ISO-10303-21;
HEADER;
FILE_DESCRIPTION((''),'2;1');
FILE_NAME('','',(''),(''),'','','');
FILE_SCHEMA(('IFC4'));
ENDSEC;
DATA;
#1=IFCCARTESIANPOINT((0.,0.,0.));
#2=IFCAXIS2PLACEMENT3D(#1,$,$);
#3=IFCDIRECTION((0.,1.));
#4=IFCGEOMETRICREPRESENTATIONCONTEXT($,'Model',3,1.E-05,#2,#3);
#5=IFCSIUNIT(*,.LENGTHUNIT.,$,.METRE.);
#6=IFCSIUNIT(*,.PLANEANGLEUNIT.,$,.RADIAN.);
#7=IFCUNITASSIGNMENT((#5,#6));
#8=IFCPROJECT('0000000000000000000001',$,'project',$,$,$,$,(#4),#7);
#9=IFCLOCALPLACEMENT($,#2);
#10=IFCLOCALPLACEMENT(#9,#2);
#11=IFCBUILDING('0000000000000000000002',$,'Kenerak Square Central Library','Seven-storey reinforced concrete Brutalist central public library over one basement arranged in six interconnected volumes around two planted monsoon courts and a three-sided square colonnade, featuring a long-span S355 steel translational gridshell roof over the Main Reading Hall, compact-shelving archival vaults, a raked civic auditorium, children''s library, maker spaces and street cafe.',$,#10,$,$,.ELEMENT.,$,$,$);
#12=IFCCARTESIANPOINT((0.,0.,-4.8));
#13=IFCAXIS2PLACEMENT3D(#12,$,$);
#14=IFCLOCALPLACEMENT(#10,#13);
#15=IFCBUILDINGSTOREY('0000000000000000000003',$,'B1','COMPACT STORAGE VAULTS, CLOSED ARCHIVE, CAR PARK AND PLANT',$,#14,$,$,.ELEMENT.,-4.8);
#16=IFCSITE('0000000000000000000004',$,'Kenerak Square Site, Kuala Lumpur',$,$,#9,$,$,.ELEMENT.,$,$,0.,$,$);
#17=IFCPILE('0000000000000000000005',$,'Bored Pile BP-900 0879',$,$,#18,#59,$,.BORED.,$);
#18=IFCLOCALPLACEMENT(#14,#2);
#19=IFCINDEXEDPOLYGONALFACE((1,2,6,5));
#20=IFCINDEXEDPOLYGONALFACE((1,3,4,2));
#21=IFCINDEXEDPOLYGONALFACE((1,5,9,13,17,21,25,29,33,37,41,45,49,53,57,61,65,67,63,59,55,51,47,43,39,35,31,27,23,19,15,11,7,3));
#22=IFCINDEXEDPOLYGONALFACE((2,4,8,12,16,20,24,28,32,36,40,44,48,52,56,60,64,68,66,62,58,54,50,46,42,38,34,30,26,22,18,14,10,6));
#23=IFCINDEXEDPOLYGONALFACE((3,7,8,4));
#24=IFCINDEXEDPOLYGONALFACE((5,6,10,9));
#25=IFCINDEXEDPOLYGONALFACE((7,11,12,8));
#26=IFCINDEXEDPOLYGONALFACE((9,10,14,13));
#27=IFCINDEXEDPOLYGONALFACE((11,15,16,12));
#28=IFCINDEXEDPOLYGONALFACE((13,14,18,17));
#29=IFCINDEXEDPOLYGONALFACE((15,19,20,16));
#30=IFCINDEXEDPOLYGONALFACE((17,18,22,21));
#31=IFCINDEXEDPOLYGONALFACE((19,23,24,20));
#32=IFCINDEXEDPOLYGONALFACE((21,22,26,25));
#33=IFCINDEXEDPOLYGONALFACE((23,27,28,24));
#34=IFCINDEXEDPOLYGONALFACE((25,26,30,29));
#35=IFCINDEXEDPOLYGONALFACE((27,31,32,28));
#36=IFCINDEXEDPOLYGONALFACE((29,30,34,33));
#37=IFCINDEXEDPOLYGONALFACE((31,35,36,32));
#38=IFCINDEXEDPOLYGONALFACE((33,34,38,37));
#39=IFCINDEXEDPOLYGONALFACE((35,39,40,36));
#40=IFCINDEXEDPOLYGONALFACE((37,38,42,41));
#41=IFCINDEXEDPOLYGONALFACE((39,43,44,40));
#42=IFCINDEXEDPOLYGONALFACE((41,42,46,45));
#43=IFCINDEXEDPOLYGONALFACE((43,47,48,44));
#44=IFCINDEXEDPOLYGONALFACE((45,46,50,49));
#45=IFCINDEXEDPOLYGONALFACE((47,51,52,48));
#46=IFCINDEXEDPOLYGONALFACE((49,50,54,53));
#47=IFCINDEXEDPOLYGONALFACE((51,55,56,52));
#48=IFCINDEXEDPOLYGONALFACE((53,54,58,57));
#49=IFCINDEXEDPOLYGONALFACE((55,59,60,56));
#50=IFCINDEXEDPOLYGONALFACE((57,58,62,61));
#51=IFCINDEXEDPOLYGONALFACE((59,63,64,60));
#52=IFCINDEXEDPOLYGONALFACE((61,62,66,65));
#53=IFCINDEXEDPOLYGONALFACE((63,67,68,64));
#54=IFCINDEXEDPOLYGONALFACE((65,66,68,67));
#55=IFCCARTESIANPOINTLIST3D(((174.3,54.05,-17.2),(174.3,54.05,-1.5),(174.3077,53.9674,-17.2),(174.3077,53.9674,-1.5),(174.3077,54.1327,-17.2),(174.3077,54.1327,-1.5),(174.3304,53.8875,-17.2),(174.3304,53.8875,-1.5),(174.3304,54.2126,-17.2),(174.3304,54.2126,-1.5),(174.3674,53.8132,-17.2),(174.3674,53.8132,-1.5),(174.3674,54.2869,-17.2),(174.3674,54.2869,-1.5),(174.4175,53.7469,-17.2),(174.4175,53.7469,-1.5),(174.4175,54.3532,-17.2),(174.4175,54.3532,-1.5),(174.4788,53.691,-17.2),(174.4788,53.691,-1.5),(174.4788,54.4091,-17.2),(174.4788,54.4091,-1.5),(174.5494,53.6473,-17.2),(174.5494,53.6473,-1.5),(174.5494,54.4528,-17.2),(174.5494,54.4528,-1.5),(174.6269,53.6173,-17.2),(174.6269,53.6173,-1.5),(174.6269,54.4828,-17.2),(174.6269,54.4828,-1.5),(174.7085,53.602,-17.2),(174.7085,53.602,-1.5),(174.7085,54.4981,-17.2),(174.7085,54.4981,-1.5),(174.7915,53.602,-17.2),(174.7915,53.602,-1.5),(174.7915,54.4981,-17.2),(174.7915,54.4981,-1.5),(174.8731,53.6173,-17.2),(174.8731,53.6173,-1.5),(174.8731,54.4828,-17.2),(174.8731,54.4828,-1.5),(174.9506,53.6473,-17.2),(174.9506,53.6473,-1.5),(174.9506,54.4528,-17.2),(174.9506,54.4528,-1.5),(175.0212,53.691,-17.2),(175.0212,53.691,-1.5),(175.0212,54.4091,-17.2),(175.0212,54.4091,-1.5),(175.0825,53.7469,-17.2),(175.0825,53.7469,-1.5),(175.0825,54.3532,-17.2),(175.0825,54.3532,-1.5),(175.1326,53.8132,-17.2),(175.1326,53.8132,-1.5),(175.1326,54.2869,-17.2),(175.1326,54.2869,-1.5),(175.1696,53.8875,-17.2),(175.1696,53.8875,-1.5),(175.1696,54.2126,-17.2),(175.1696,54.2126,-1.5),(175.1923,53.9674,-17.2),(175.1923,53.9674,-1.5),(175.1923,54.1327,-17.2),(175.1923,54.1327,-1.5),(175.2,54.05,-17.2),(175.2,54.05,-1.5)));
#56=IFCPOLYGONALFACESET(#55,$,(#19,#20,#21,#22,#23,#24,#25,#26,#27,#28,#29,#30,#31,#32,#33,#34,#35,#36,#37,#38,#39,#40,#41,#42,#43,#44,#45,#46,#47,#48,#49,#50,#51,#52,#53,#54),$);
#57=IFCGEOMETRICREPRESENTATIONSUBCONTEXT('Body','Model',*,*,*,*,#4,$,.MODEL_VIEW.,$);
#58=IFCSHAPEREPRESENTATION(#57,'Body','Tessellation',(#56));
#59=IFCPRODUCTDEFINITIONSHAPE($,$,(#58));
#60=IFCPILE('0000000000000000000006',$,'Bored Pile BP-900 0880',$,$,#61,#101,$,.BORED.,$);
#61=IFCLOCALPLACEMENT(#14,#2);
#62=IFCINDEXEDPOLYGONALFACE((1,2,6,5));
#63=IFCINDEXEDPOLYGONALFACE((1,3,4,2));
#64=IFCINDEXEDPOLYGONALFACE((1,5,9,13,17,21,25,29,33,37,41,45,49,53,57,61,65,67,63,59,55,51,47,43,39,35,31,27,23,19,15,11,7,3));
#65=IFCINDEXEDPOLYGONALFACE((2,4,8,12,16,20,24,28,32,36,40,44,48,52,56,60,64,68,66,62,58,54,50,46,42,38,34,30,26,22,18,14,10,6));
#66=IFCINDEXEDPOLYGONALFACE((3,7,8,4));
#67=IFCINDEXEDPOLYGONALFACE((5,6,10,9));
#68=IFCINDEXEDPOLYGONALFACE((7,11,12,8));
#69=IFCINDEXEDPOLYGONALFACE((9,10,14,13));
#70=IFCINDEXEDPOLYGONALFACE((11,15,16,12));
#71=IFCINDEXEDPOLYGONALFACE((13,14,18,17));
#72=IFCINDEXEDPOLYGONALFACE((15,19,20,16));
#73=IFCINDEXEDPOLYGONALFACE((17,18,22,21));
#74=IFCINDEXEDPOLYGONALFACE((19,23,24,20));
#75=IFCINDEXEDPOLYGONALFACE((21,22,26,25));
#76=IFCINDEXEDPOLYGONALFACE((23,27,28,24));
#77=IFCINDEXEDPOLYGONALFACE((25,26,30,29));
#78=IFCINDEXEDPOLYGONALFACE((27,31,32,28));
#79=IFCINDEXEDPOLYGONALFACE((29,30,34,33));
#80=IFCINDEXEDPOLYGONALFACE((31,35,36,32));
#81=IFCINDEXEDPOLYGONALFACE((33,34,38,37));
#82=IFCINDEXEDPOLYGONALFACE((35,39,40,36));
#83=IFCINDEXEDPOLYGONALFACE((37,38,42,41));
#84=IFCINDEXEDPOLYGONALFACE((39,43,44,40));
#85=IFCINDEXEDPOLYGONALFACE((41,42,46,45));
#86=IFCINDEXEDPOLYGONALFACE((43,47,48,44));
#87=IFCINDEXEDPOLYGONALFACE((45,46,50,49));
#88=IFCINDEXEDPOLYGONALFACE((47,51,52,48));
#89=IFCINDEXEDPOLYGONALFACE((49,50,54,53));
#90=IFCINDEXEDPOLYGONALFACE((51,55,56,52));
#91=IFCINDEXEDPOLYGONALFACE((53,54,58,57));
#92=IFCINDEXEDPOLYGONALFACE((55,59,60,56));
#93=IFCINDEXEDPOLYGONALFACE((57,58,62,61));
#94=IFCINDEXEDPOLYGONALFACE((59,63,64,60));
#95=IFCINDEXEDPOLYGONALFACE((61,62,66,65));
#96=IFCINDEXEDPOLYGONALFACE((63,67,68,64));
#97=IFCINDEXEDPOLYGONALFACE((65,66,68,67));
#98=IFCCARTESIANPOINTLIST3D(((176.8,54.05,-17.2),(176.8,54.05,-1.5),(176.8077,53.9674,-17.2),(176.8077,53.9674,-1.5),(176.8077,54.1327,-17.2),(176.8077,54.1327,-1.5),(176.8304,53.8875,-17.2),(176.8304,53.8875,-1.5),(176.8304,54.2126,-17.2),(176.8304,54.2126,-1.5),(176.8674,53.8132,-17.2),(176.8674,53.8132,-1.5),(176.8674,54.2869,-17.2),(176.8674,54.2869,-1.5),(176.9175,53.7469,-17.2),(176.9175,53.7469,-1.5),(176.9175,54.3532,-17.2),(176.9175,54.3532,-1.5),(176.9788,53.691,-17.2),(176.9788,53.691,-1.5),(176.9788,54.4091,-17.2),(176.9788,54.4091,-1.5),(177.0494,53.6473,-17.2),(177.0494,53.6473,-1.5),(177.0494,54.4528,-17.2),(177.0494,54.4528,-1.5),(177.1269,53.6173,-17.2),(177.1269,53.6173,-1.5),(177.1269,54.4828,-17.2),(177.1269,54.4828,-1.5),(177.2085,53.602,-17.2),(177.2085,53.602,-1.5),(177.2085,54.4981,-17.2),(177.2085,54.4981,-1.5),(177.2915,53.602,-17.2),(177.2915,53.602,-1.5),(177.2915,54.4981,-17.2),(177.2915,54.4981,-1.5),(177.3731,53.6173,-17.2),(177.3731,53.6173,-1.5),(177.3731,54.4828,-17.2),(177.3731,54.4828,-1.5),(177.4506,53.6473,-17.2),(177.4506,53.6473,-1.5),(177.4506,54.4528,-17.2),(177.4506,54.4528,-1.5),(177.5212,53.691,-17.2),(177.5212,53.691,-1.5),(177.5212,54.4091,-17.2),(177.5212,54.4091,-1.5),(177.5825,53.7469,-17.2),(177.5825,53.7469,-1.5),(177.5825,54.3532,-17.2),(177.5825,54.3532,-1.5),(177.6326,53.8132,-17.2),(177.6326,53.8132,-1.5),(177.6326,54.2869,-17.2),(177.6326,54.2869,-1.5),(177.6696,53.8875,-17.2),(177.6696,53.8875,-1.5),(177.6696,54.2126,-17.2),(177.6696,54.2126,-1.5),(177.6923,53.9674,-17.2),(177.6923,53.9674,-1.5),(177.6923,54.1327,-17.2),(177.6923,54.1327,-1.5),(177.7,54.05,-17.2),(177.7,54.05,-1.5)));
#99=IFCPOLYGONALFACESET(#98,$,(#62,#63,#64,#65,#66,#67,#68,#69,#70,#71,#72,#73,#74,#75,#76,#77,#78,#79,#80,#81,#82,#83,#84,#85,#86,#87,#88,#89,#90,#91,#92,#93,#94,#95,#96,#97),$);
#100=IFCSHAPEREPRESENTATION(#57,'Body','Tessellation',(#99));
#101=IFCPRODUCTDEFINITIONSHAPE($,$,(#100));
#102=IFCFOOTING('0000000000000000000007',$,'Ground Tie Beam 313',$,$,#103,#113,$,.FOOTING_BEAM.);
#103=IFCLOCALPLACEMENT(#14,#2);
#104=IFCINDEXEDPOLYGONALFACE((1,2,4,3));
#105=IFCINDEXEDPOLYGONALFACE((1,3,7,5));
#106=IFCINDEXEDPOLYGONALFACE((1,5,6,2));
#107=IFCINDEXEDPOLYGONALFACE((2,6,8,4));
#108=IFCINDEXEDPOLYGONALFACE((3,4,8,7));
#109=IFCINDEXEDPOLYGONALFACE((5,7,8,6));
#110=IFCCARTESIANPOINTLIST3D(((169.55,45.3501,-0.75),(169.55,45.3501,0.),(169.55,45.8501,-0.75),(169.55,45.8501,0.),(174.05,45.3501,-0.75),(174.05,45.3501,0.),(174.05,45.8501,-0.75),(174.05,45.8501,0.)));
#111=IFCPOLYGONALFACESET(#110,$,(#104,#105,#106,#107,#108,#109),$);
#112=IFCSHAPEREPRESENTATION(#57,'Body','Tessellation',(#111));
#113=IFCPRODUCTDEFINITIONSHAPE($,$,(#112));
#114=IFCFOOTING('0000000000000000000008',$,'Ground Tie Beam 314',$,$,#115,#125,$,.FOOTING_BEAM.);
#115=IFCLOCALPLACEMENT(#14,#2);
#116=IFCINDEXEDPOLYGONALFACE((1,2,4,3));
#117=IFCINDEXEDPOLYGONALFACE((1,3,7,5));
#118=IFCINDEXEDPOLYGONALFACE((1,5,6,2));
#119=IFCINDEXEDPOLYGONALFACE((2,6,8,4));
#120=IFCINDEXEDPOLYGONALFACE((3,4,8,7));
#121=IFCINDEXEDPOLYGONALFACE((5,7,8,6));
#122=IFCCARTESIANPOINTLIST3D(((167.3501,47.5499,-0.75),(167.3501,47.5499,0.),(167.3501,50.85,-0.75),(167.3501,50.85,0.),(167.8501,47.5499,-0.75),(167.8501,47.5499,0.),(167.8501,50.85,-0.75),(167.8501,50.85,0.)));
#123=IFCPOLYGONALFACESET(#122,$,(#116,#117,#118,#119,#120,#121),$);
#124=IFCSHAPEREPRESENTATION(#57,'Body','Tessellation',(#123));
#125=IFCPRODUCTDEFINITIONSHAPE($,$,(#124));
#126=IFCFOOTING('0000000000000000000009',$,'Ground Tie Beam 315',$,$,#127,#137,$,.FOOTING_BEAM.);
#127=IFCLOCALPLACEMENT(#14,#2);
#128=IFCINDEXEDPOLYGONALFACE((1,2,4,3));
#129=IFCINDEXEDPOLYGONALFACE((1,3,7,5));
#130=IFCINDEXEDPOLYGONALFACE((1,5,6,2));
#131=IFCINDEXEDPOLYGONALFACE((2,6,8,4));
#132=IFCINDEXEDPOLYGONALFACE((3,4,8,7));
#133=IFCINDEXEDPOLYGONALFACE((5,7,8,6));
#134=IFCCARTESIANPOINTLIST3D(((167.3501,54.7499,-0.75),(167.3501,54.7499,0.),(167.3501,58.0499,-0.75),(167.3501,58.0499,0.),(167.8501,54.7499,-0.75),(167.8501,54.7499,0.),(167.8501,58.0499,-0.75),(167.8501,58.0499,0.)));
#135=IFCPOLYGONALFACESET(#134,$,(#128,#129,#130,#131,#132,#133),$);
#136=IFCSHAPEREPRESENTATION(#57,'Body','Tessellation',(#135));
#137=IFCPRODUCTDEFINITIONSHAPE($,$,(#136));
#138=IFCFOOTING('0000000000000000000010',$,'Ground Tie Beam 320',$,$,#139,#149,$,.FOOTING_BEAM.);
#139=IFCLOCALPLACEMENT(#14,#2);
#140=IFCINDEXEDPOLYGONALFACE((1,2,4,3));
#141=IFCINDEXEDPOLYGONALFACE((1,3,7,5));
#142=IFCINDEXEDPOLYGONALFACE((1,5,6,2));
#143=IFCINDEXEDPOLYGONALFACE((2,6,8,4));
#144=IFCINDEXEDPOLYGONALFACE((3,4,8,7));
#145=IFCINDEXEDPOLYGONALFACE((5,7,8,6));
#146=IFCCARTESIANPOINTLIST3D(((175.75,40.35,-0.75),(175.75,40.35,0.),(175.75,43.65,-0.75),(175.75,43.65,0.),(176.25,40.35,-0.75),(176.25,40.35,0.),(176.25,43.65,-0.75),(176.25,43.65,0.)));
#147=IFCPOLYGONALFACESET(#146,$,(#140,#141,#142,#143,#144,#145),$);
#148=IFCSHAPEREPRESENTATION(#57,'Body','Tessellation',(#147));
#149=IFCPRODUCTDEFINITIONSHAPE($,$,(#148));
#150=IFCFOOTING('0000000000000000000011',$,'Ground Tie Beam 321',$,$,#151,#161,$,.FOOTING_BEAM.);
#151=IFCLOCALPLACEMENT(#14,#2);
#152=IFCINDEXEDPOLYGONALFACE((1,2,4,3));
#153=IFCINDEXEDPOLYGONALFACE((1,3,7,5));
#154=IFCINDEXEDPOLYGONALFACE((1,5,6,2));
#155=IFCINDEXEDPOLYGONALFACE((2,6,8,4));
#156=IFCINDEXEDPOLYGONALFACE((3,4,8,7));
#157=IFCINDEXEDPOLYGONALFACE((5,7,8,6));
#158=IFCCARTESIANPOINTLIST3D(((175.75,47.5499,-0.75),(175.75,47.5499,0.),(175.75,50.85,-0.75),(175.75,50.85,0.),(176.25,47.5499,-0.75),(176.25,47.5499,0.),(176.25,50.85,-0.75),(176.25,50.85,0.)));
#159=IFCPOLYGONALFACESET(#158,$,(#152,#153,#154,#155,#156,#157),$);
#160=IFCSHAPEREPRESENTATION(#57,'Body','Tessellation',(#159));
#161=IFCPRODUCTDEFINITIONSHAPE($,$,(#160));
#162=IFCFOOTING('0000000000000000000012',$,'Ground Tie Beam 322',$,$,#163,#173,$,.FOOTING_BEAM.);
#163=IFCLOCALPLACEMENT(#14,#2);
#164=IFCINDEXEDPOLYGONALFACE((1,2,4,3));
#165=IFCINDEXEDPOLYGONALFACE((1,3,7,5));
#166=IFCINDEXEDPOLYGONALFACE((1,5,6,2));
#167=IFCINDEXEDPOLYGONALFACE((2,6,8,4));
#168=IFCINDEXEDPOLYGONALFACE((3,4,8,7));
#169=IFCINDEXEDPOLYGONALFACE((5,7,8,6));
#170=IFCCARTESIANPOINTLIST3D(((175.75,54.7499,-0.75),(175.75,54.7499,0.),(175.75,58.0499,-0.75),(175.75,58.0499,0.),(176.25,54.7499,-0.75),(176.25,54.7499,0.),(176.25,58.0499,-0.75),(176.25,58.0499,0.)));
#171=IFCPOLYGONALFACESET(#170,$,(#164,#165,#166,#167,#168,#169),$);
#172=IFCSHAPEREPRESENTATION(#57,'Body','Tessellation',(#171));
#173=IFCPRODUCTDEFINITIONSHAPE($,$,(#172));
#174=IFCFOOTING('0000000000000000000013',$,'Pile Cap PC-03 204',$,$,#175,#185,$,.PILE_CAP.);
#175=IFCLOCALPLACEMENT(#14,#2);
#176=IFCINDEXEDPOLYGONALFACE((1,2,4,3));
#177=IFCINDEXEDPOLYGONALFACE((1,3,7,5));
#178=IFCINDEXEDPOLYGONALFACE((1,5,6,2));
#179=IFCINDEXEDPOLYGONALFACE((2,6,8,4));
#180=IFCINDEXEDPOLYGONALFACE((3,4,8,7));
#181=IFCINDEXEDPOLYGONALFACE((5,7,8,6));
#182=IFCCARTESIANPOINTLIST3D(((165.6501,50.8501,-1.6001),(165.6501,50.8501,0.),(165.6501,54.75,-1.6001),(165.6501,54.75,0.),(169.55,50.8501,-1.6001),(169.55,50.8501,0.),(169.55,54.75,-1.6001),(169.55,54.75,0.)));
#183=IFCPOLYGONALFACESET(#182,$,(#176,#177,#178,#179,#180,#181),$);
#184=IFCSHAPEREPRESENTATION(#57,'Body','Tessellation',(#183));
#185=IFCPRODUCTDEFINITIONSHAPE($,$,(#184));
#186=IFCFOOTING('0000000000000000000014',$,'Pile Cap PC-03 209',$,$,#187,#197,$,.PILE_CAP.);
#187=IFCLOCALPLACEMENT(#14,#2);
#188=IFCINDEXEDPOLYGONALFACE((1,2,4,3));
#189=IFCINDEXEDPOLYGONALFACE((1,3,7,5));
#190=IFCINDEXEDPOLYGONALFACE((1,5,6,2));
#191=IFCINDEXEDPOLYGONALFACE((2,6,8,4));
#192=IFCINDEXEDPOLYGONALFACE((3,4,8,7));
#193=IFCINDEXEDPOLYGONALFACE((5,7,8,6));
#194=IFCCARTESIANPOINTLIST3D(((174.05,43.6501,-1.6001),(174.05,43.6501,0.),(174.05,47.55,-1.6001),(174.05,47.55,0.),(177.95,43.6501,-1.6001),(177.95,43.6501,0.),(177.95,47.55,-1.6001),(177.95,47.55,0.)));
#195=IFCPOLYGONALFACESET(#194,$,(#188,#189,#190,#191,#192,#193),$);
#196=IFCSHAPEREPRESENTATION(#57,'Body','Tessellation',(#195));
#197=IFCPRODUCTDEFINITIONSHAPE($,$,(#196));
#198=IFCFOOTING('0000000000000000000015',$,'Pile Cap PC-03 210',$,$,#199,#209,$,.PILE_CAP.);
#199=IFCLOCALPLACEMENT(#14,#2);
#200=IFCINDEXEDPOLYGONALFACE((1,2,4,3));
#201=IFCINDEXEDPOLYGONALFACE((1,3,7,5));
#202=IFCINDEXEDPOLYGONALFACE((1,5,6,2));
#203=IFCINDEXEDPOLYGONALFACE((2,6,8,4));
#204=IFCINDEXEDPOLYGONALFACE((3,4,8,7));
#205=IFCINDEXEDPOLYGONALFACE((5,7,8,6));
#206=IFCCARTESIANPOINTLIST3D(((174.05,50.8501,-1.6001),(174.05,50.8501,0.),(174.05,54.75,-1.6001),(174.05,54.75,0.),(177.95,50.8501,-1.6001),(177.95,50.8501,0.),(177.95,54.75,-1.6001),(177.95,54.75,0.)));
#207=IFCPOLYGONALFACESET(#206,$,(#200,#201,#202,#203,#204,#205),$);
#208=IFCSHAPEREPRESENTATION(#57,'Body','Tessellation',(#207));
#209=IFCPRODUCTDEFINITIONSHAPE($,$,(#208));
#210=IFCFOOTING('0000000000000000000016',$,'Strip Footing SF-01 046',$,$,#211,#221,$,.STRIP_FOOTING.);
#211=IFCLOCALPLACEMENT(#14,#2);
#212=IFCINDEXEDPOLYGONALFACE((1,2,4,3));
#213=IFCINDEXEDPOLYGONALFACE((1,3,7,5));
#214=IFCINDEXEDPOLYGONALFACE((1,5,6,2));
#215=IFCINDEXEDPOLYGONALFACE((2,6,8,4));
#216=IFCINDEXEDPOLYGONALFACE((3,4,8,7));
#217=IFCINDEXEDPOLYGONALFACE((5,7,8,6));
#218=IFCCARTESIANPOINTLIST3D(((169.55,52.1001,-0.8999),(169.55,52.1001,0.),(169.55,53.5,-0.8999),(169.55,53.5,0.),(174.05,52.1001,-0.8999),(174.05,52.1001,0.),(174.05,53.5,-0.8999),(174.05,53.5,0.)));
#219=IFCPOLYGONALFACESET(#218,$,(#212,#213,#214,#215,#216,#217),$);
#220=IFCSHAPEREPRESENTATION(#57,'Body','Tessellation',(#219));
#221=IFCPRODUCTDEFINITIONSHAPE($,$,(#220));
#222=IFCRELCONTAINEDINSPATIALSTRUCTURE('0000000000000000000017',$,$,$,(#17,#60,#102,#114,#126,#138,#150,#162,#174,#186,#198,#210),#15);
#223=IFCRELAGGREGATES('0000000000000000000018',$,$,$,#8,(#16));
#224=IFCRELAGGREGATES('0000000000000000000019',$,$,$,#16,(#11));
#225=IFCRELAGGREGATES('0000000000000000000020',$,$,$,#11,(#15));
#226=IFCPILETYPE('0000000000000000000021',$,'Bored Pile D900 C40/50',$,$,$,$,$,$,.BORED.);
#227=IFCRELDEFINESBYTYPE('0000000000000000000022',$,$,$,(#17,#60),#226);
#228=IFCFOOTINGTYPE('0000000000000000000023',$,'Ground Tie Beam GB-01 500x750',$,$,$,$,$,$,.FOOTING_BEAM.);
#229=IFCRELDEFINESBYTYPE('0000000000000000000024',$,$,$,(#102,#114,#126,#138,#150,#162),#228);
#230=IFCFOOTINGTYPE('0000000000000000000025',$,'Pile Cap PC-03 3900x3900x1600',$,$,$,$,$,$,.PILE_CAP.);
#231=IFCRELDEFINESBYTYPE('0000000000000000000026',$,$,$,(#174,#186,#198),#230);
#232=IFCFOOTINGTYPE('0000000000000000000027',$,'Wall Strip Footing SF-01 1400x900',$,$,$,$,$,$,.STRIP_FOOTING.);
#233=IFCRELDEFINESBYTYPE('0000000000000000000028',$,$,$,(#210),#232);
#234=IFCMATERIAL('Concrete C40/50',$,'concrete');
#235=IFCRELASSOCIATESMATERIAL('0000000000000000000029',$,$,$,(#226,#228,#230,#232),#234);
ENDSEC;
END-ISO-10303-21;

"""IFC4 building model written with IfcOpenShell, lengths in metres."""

from ifc_helpers import new_model, si_unit, direction, frame, origin, origin_2d, place, context, subcontext, project, spatial, rectangle, circle, extrude, material, material_profile, profile_set, type_object, element, save


model = new_model("IFC4")

# Units and contexts
model_context = context("Model", 3, precision=1e-05, world=origin(), true_north=direction((0.0, 1.0)))
body_context = subcontext(model_context, "Body", "Model", "MODEL_VIEW")
ifc_project = project(units=[si_unit("LENGTHUNIT", "METRE"), si_unit("PLANEANGLEUNIT", "RADIAN")], contexts=[model_context])

# Site, building, storey
site_placement = place(None, origin())
site = spatial("IfcSite", under=ifc_project, at=site_placement, Name="Kenerak Square Site, Kuala Lumpur", CompositionType="ELEMENT", RefElevation=0.0)
building_placement = place(site_placement, origin())
building = spatial("IfcBuilding", under=site, at=building_placement, Name="Kenerak Square Central Library", Description="Seven-storey reinforced concrete Brutalist central public library over one basement arranged in six interconnected volumes around two planted monsoon courts and a three-sided square colonnade, featuring a long-span S355 steel translational gridshell roof over the Main Reading Hall, compact-shelving archival vaults, a raked civic auditorium, children's library, maker spaces and street cafe.", CompositionType="ELEMENT")
storey_placement = place(building_placement, frame((0.0, 0.0, -4.8)))
storey = spatial("IfcBuildingStorey", under=building, at=storey_placement, Name="B1", Description="COMPACT STORAGE VAULTS, CLOSED ARCHIVE, CAR PARK AND PLANT", CompositionType="ELEMENT", Elevation=-4.8)

# Piles
ifc_material_1 = material(Name="Concrete C40/50", Category="concrete")
ifc_material_profile_1 = material_profile(ifc_material_1, circle(Radius=0.45, at=origin_2d()), Name="BP D900")
ifc_profile_set_1 = profile_set([ifc_material_profile_1], Name="Concrete C40/50")
pile_type = type_object("IfcPileType", Name="Bored Pile D900 C40/50", PredefinedType="BORED", material=ifc_profile_set_1)
for number, where, z_axis, x_axis, name in (
    (1, (174.75, 54.05, -1.5), (0.0, 0.0, -1.0), (1.0, 0.0, 0.0), "Bored Pile BP-900 0879"),
    (2, (177.25, 54.05, -1.5), (0.0, 0.0, -1.0), (1.0, 0.0, 0.0), "Bored Pile BP-900 0880"),
):
    element("IfcPile", number, at=place(storey_placement, frame(where, z_axis=z_axis, x_axis=x_axis)), inside=storey, type_object=pile_type, Name=name, PredefinedType="BORED", context=body_context, shape_type="SweptSolid", body=[
        extrude(circle(Radius=0.45, at=origin_2d()), origin(), (0.0, 0.0, 1.0), 15.7),
    ])

# Footings
footing_type_1 = type_object("IfcFootingType", Name="Ground Tie Beam GB-01 500x750", PredefinedType="FOOTING_BEAM", material=ifc_material_1)
footing_1_placement = place(storey_placement, frame((171.8, 45.6001, -0.75), z_axis=(0.0, 0.0, 1.0), x_axis=(1.0, 0.0, 0.0)))
element("IfcFooting", 3, at=footing_1_placement, inside=storey, type_object=footing_type_1, Name="Ground Tie Beam 313", PredefinedType="FOOTING_BEAM", context=body_context, shape_type="SweptSolid", body=[
    extrude(rectangle(XDim=4.5, YDim=0.5, at=origin_2d()), origin(), (0.0, 0.0, 1.0), 0.75),
])
for number, where, z_axis, x_axis, name in (
    (4, (167.6001, 49.2, -0.75), (0.0, 0.0, 1.0), (1.0, 0.0, 0.0), "Ground Tie Beam 314"),
    (5, (167.6001, 56.3999, -0.75), (0.0, 0.0, 1.0), (1.0, 0.0, 0.0), "Ground Tie Beam 315"),
    (6, (176.0, 42.0, -0.75), (0.0, 0.0, 1.0), (1.0, 0.0, 0.0), "Ground Tie Beam 320"),
    (7, (176.0, 49.2, -0.75), (0.0, 0.0, 1.0), (1.0, 0.0, 0.0), "Ground Tie Beam 321"),
    (8, (176.0, 56.3999, -0.75), (0.0, 0.0, 1.0), (1.0, 0.0, 0.0), "Ground Tie Beam 322"),
):
    element("IfcFooting", number, at=place(storey_placement, frame(where, z_axis=z_axis, x_axis=x_axis)), inside=storey, type_object=footing_type_1, Name=name, PredefinedType="FOOTING_BEAM", context=body_context, shape_type="SweptSolid", body=[
        extrude(rectangle(XDim=0.5, YDim=3.3, at=origin_2d()), origin(), (0.0, 0.0, 1.0), 0.75),
    ])
footing_type_2 = type_object("IfcFootingType", Name="Pile Cap PC-03 3900x3900x1600", PredefinedType="PILE_CAP", material=ifc_material_1)
for number, where, z_axis, x_axis, name in (
    (9, (167.6001, 52.8, -1.6001), (0.0, 0.0, 1.0), (1.0, 0.0, 0.0), "Pile Cap PC-03 204"),
    (10, (176.0, 45.6001, -1.6001), (0.0, 0.0, 1.0), (1.0, 0.0, 0.0), "Pile Cap PC-03 209"),
    (11, (176.0, 52.8, -1.6001), (0.0, 0.0, 1.0), (1.0, 0.0, 0.0), "Pile Cap PC-03 210"),
):
    element("IfcFooting", number, at=place(storey_placement, frame(where, z_axis=z_axis, x_axis=x_axis)), inside=storey, type_object=footing_type_2, Name=name, PredefinedType="PILE_CAP", context=body_context, shape_type="SweptSolid", body=[
        extrude(rectangle(XDim=3.8999, YDim=3.8999, at=origin_2d()), origin(), (0.0, 0.0, 1.0), 1.6001),
    ])
footing_type_3 = type_object("IfcFootingType", Name="Wall Strip Footing SF-01 1400x900", PredefinedType="STRIP_FOOTING", material=ifc_material_1)
footing_2_placement = place(storey_placement, frame((171.8, 52.8, -0.8999), z_axis=(0.0, 0.0, 1.0), x_axis=(1.0, 0.0, 0.0)))
element("IfcFooting", 12, at=footing_2_placement, inside=storey, type_object=footing_type_3, Name="Strip Footing SF-01 046", PredefinedType="STRIP_FOOTING", context=body_context, shape_type="SweptSolid", body=[
    extrude(rectangle(XDim=4.5, YDim=1.3999, at=origin_2d()), origin(), (0.0, 0.0, 1.0), 0.8999),
])

save(model, "model.ifc")
